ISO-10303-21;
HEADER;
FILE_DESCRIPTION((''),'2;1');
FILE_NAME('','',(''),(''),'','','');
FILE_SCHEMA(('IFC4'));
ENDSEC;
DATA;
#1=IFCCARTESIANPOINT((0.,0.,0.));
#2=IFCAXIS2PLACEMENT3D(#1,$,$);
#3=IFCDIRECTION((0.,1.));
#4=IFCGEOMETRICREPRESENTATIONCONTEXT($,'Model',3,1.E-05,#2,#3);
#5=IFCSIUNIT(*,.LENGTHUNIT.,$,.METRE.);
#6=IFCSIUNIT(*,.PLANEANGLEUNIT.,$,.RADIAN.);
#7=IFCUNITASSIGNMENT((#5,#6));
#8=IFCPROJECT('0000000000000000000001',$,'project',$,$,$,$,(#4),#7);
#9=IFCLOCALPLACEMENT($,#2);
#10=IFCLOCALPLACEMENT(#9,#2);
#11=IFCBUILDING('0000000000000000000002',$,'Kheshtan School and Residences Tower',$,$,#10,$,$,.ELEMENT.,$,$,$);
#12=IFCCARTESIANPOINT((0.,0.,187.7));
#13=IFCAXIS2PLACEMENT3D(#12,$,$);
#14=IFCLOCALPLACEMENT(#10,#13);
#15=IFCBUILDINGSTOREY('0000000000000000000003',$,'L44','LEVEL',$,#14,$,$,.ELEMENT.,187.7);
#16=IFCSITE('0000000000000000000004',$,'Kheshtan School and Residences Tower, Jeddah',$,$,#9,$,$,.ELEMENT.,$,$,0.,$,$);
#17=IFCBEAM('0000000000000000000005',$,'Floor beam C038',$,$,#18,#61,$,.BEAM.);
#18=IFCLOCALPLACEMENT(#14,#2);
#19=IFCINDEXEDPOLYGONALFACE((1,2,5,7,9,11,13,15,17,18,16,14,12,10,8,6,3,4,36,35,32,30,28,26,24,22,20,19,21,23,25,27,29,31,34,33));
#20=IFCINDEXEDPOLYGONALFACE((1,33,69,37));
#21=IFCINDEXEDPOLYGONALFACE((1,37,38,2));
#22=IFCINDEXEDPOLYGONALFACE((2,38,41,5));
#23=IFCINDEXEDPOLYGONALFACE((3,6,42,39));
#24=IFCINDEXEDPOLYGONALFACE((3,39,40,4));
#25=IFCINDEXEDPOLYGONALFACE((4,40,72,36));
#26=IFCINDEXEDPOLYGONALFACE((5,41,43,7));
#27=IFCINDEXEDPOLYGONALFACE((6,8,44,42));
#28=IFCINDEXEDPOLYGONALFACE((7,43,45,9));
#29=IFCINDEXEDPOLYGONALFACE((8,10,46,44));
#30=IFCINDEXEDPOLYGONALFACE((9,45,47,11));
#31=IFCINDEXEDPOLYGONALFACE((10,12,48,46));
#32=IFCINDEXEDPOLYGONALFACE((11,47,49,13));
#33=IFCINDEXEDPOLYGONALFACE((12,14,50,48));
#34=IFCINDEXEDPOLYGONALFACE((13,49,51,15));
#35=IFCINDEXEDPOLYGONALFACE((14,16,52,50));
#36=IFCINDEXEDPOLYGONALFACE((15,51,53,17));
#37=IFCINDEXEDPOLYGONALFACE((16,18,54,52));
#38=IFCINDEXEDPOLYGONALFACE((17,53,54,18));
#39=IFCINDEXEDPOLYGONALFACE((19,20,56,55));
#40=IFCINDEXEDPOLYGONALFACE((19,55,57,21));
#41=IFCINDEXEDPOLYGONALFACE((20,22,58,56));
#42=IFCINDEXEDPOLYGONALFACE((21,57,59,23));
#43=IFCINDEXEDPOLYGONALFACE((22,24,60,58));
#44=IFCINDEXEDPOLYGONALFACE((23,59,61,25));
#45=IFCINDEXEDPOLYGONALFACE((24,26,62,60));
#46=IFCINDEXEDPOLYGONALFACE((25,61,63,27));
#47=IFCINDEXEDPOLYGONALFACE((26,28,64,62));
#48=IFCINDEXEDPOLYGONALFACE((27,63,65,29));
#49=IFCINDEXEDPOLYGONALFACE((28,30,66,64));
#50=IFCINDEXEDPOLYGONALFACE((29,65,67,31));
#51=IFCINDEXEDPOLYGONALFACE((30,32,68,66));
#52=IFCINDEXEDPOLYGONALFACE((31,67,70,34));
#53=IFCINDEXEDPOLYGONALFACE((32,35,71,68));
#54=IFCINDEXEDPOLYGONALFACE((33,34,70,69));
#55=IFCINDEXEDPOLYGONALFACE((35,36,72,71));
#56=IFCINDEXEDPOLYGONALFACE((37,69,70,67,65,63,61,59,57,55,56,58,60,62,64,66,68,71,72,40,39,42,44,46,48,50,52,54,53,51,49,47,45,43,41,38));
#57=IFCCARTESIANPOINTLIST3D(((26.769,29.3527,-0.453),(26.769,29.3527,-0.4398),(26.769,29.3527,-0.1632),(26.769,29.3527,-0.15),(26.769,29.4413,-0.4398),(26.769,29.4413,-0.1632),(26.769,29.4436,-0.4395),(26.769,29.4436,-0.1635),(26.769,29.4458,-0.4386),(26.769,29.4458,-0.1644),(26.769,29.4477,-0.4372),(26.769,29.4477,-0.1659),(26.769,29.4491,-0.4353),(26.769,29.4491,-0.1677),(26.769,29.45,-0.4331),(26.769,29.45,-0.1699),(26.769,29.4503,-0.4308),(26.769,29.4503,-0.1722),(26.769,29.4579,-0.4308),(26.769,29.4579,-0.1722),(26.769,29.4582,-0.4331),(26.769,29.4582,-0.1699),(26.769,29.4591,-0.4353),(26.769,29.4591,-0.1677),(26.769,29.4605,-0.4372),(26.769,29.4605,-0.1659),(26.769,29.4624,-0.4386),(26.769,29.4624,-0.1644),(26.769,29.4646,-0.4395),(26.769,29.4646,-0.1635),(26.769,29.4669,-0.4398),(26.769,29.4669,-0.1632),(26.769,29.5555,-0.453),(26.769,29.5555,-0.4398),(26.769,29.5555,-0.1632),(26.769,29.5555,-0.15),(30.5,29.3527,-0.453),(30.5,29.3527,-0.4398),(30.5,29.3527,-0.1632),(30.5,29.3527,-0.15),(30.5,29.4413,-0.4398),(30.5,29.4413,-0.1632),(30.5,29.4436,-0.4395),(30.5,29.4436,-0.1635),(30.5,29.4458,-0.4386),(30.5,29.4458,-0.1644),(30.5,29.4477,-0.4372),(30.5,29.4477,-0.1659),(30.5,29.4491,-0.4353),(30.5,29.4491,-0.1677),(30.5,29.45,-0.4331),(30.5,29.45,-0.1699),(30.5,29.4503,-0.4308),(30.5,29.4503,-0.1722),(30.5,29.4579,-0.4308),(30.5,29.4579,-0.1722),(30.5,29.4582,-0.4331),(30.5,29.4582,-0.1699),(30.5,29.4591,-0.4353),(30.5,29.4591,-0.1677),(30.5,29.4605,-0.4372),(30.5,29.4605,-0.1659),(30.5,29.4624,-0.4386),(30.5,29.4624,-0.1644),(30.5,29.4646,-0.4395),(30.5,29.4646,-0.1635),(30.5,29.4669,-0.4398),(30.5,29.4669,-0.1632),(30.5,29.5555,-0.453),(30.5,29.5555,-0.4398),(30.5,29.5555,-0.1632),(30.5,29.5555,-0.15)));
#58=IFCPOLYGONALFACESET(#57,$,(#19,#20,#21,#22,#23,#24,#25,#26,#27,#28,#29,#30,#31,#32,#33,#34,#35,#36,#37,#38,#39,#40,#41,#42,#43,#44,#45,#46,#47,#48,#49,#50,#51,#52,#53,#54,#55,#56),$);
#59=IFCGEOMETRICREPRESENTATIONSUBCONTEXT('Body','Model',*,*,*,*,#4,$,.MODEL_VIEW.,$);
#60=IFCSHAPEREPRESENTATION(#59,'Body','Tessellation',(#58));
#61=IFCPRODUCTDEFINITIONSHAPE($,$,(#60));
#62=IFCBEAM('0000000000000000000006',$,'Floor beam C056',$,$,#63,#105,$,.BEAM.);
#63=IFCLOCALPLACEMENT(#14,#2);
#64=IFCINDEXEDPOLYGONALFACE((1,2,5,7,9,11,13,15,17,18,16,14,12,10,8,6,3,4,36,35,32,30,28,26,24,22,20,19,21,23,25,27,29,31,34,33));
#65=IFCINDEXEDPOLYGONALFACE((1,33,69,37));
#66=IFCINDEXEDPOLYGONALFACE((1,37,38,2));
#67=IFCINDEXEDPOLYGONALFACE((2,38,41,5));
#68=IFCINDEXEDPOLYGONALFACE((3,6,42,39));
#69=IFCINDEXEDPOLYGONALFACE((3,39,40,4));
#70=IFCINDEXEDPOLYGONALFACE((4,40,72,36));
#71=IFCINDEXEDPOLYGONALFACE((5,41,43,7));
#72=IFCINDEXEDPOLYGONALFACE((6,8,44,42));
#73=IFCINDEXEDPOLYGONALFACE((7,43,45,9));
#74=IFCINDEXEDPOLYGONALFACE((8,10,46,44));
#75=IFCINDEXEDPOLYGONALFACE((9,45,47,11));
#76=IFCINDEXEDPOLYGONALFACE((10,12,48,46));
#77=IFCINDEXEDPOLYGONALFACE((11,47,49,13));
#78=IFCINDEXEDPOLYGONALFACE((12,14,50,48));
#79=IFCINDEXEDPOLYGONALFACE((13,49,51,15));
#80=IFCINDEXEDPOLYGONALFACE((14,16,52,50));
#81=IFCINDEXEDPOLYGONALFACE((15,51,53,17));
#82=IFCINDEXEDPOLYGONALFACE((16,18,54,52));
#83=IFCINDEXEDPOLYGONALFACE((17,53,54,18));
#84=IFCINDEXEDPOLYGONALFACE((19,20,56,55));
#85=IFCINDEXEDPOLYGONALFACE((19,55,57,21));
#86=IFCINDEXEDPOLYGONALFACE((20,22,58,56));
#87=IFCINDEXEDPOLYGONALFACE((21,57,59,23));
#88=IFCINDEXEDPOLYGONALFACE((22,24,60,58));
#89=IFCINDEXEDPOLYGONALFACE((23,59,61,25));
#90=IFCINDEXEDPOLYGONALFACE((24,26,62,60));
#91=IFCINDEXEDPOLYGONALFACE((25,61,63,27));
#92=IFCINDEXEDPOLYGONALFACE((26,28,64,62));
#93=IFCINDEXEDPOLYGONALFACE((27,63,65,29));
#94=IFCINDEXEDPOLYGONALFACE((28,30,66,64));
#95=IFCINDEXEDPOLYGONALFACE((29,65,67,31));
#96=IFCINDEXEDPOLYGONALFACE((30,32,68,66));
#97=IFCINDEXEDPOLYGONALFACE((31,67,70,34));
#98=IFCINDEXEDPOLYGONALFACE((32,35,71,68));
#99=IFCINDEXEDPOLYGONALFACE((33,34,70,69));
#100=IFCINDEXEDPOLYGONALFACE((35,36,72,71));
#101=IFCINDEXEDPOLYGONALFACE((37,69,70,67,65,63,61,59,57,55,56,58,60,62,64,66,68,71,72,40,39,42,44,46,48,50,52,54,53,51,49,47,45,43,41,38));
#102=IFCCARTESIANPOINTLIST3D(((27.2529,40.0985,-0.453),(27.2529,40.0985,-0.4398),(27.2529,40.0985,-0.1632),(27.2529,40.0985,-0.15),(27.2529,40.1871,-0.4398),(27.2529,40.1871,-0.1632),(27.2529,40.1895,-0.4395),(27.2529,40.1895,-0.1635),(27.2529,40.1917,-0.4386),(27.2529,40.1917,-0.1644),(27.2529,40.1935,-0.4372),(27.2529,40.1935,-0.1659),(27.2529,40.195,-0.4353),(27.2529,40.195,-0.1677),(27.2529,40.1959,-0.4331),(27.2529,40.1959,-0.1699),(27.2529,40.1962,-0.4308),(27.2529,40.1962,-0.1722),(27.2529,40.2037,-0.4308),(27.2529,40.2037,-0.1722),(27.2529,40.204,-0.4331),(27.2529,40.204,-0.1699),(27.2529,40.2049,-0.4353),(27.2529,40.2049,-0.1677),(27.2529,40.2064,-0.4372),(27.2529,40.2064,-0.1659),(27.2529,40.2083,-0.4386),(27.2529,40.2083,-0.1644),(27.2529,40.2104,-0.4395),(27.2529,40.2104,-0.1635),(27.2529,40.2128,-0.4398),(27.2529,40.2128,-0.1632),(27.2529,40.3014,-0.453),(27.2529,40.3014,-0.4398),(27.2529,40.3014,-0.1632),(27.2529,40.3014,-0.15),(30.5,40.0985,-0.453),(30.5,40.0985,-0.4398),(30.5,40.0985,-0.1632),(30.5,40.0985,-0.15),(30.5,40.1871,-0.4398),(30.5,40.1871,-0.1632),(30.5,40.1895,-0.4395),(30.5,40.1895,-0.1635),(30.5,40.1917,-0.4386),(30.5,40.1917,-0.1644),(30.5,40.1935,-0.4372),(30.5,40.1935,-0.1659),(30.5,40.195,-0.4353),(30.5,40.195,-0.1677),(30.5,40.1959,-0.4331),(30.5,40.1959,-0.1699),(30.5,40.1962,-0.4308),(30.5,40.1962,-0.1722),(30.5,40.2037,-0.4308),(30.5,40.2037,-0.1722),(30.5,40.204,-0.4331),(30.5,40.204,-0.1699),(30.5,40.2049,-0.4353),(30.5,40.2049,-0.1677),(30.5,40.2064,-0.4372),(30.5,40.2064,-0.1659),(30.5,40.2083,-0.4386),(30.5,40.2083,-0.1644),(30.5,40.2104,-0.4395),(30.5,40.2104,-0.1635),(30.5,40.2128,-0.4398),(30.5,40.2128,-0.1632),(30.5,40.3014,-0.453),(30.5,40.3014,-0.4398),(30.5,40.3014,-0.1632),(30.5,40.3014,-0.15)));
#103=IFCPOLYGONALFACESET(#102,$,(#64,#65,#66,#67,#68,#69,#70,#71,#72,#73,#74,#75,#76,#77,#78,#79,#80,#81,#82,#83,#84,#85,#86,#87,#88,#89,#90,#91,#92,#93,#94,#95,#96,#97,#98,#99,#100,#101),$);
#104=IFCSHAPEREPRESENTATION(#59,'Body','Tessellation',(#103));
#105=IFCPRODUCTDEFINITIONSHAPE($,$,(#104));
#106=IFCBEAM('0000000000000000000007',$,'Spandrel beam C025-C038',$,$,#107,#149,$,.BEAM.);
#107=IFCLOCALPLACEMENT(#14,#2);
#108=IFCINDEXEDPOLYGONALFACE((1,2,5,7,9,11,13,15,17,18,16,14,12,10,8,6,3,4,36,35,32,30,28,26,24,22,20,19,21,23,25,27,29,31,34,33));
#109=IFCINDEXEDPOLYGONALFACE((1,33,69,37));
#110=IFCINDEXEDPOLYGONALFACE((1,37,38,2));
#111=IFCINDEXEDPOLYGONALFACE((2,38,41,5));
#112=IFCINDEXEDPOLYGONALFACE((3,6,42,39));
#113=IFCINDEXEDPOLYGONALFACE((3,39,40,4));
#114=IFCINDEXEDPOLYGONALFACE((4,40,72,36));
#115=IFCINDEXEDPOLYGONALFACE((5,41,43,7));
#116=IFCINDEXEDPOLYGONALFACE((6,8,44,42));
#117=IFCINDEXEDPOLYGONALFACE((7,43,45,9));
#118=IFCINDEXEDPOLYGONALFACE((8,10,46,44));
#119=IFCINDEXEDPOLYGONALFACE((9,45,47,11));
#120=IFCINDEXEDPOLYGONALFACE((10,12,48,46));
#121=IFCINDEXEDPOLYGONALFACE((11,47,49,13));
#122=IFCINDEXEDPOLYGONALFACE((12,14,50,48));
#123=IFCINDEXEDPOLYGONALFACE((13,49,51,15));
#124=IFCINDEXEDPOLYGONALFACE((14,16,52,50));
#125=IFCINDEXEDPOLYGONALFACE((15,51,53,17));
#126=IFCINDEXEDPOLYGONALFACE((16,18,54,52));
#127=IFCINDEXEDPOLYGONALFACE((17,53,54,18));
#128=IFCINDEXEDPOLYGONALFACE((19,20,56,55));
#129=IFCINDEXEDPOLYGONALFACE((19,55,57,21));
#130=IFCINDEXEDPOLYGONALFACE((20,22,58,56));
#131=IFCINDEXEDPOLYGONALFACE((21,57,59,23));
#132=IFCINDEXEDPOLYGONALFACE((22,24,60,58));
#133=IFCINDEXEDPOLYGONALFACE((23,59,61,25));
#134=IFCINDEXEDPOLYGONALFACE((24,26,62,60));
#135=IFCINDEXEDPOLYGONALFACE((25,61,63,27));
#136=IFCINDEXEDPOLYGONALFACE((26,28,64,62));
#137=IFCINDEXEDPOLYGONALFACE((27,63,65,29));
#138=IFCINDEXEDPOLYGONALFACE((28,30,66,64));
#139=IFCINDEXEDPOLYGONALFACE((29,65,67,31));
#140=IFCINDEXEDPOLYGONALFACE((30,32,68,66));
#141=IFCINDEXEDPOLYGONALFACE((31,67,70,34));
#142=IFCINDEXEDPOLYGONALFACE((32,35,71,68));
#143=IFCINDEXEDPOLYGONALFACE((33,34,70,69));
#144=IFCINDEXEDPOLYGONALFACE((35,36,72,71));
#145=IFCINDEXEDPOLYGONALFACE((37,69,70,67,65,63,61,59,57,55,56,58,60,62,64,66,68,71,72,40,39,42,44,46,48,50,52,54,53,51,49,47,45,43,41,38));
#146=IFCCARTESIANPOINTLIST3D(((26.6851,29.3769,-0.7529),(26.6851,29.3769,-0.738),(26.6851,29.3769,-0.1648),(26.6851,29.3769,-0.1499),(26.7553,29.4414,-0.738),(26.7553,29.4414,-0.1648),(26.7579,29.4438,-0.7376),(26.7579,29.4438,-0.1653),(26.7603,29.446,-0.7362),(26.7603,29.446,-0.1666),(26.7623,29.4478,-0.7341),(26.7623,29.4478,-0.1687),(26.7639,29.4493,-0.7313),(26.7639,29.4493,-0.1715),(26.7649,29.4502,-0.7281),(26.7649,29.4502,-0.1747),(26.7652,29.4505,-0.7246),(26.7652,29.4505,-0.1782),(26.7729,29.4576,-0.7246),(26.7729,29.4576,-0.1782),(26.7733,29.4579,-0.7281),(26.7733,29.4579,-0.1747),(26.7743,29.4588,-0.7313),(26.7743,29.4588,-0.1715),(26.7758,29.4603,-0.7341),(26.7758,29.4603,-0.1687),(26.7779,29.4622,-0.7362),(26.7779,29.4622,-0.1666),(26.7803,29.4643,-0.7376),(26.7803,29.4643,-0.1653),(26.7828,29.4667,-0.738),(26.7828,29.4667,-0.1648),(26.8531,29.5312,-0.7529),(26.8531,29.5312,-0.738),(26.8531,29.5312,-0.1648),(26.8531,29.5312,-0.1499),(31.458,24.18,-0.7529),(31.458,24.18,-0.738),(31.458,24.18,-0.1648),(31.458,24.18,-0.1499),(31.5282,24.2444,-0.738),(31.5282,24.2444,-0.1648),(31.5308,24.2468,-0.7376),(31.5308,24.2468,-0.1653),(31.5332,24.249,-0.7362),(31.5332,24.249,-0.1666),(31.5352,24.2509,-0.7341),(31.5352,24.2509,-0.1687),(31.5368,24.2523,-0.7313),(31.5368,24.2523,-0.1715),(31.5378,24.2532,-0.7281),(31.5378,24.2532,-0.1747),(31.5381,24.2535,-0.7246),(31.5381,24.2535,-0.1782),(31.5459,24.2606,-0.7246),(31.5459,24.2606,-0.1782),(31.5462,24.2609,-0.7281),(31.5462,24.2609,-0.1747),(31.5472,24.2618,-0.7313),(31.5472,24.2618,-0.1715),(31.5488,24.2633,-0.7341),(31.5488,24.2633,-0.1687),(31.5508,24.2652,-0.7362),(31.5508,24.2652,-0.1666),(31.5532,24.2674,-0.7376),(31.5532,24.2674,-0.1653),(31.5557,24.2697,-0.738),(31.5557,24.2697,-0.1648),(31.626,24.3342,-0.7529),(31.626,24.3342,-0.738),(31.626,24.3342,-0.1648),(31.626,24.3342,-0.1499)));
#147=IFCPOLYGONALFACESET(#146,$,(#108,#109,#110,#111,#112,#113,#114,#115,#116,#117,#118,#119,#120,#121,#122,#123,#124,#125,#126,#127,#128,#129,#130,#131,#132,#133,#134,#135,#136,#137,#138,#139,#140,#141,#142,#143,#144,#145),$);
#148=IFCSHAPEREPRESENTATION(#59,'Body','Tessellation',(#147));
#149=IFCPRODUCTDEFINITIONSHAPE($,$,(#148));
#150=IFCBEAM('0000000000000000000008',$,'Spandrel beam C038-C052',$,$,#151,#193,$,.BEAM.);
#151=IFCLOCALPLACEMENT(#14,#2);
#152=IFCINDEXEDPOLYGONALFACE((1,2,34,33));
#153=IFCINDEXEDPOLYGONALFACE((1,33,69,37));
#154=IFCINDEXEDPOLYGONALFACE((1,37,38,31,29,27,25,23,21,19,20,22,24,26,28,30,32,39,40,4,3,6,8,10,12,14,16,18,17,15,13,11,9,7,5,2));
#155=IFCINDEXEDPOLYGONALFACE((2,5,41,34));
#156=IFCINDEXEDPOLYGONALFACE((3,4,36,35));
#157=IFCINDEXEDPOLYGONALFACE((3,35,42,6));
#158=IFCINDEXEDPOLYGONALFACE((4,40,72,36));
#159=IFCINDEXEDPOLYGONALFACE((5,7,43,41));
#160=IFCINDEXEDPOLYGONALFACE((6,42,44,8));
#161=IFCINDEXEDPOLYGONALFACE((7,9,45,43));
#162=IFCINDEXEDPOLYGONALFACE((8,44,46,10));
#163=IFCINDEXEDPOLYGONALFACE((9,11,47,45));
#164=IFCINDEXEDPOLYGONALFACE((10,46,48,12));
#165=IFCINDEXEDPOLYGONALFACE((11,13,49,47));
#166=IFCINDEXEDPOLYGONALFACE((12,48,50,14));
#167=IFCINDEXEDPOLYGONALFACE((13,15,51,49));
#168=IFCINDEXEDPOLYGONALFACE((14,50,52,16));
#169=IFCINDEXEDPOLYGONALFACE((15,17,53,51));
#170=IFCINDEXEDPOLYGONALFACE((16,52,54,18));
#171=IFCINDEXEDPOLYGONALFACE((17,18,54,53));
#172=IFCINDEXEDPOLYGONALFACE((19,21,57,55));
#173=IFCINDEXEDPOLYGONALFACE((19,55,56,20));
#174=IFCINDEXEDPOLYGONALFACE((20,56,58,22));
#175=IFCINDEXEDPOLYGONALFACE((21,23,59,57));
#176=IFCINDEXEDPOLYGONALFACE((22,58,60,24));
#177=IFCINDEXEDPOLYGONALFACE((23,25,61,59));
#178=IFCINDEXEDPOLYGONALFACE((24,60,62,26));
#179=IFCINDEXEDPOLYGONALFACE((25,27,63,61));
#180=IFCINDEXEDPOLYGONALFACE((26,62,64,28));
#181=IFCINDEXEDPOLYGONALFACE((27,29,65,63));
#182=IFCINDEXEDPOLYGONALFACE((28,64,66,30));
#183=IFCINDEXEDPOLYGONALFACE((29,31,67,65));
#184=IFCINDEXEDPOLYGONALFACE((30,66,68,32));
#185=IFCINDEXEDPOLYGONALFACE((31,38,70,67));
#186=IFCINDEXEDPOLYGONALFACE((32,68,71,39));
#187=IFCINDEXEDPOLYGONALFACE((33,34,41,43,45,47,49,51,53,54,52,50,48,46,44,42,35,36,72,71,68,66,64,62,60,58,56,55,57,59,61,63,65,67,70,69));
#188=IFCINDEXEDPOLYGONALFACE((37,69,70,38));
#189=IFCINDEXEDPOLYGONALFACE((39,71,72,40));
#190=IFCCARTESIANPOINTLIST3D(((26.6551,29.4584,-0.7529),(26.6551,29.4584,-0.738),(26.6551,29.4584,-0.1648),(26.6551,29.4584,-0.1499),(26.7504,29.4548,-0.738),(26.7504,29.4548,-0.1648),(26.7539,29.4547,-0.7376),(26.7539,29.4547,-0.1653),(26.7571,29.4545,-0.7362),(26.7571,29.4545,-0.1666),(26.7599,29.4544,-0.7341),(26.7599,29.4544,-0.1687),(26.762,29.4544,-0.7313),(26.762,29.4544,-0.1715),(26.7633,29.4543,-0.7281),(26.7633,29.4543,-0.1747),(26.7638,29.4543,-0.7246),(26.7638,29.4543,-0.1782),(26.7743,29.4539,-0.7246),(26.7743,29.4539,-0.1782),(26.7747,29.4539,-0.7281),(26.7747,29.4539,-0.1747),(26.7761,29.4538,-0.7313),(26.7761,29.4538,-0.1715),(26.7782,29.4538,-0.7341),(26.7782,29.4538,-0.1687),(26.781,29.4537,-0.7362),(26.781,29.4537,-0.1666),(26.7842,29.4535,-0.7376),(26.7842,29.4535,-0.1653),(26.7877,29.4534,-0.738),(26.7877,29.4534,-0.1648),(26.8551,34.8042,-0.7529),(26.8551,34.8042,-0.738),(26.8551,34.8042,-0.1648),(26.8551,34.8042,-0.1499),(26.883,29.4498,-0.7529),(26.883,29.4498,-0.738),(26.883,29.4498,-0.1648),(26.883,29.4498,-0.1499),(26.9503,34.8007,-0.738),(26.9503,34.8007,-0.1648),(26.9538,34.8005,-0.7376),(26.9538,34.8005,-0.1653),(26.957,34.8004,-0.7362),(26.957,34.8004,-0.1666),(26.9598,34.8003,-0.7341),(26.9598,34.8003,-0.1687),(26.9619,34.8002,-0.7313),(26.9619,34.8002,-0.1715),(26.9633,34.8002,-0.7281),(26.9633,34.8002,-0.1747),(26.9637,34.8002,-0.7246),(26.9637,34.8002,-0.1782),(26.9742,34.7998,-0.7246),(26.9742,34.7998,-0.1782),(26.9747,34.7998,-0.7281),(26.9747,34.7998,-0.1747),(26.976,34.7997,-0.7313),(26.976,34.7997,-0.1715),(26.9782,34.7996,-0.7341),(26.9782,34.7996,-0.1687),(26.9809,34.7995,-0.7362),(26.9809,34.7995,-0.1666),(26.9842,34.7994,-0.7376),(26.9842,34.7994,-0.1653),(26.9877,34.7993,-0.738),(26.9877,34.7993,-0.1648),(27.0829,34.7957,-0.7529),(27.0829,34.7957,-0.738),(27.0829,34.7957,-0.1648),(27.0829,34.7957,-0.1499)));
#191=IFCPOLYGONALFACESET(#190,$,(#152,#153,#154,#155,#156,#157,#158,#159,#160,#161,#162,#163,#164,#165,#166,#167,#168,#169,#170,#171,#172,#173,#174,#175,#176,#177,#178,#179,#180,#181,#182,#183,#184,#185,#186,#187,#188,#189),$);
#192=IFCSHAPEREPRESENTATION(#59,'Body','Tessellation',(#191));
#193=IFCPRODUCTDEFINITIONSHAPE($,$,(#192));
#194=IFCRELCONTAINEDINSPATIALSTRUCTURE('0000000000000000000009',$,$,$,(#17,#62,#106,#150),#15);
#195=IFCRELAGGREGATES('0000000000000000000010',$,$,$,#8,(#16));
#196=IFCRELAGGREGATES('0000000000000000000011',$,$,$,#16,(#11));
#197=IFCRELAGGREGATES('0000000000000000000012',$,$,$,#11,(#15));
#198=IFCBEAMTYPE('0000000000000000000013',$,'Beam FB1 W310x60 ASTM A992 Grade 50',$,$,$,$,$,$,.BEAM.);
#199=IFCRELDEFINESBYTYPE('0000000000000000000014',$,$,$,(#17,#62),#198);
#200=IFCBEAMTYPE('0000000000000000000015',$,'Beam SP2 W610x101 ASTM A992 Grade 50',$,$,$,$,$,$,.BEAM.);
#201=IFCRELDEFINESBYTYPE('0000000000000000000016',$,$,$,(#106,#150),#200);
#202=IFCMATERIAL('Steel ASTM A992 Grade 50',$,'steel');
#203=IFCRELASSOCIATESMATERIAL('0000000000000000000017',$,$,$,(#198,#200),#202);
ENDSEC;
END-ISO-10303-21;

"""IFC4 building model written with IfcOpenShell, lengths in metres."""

from ifc_helpers import new_model, si_unit, direction, frame, origin, origin_2d, place, context, subcontext, project, spatial, i_section, extrude, material, material_profile, profile_set, type_object, element, save


model = new_model("IFC4")

# Units and contexts
model_context = context("Model", 3, precision=1e-05, world=origin(), true_north=direction((0.0, 1.0)))
body_context = subcontext(model_context, "Body", "Model", "MODEL_VIEW")
ifc_project = project(units=[si_unit("LENGTHUNIT", "METRE"), si_unit("PLANEANGLEUNIT", "RADIAN")], contexts=[model_context])

# Site, building, storey
site_placement = place(None, origin())
site = spatial("IfcSite", under=ifc_project, at=site_placement, Name="Kheshtan School and Residences Tower, Jeddah", CompositionType="ELEMENT", RefElevation=0.0)
building_placement = place(site_placement, origin())
building = spatial("IfcBuilding", under=site, at=building_placement, Name="Kheshtan School and Residences Tower", CompositionType="ELEMENT")
storey_placement = place(building_placement, frame((0.0, 0.0, 187.7)))
storey = spatial("IfcBuildingStorey", under=building, at=storey_placement, Name="L44", Description="LEVEL", CompositionType="ELEMENT", Elevation=187.7)

# Shared definitions
ifc_material_1 = material(Name="Steel ASTM A992 Grade 50", Category="steel")

# Beams
ifc_material_profile_1 = material_profile(ifc_material_1, i_section(OverallWidth=0.2029, OverallDepth=0.303, WebThickness=0.0076, FlangeThickness=0.0132, FilletRadius=0.009, at=origin_2d()), Name="W310x60")
ifc_profile_set_1 = profile_set([ifc_material_profile_1], Name="Steel ASTM A992 Grade 50")
beam_type_1 = type_object("IfcBeamType", Name="Beam FB1 W310x60 ASTM A992 Grade 50", PredefinedType="BEAM", material=ifc_profile_set_1)
beam_1_placement = place(storey_placement, frame((26.769, 29.4541, -0.3015), z_axis=(1.0, 0.0, 0.0), x_axis=(0.0, 1.0, 0.0)))
element("IfcBeam", 1, at=beam_1_placement, inside=storey, type_object=beam_type_1, Name="Floor beam C038", PredefinedType="BEAM", context=body_context, shape_type="SweptSolid", body=[
    extrude(i_section(OverallWidth=0.2029, OverallDepth=0.303, WebThickness=0.0076, FlangeThickness=0.0132, FilletRadius=0.009, at=origin_2d()), origin(), (0.0, 0.0, 1.0), 3.731),
])
beam_2_placement = place(storey_placement, frame((27.2529, 40.2, -0.3015), z_axis=(1.0, 0.0, 0.0), x_axis=(0.0, 1.0, 0.0)))
element("IfcBeam", 2, at=beam_2_placement, inside=storey, type_object=beam_type_1, Name="Floor beam C056", PredefinedType="BEAM", context=body_context, shape_type="SweptSolid", body=[
    extrude(i_section(OverallWidth=0.2029, OverallDepth=0.303, WebThickness=0.0076, FlangeThickness=0.0132, FilletRadius=0.009, at=origin_2d()), origin(), (0.0, 0.0, 1.0), 3.2471),
])
ifc_material_profile_2 = material_profile(ifc_material_1, i_section(OverallWidth=0.228, OverallDepth=0.603, WebThickness=0.0105, FlangeThickness=0.0149, FilletRadius=0.0134, at=origin_2d()), Name="W610x101")
ifc_profile_set_2 = profile_set([ifc_material_profile_2], Name="Steel ASTM A992 Grade 50")
beam_type_2 = type_object("IfcBeamType", Name="Beam SP2 W610x101 ASTM A992 Grade 50", PredefinedType="BEAM", material=ifc_profile_set_2)
beam_3_placement = place(storey_placement, frame((31.542, 24.2571, -0.4514), z_axis=(-0.676418, 0.736518, 0.0), x_axis=(-0.736518, -0.676418, 0.0)))
element("IfcBeam", 3, at=beam_3_placement, inside=storey, type_object=beam_type_2, Name="Spandrel beam C025-C038", PredefinedType="BEAM", context=body_context, shape_type="SweptSolid", body=[
    extrude(i_section(OverallWidth=0.228, OverallDepth=0.603, WebThickness=0.0105, FlangeThickness=0.0149, FilletRadius=0.0134, at=origin_2d()), origin(), (0.0, 0.0, 1.0), 7.0562),
])
beam_4_placement = place(storey_placement, frame((26.769, 29.4541, -0.4514), z_axis=(0.037376, 0.999301, 0.0), x_axis=(-0.999301, 0.037376, 0.0)))
element("IfcBeam", 4, at=beam_4_placement, inside=storey, type_object=beam_type_2, Name="Spandrel beam C038-C052", PredefinedType="BEAM", context=body_context, shape_type="SweptSolid", body=[
    extrude(i_section(OverallWidth=0.228, OverallDepth=0.603, WebThickness=0.0105, FlangeThickness=0.0149, FilletRadius=0.0134, at=origin_2d()), origin(), (0.0, 0.0, 1.0), 5.3496),
])

save(model, "model.ifc")
